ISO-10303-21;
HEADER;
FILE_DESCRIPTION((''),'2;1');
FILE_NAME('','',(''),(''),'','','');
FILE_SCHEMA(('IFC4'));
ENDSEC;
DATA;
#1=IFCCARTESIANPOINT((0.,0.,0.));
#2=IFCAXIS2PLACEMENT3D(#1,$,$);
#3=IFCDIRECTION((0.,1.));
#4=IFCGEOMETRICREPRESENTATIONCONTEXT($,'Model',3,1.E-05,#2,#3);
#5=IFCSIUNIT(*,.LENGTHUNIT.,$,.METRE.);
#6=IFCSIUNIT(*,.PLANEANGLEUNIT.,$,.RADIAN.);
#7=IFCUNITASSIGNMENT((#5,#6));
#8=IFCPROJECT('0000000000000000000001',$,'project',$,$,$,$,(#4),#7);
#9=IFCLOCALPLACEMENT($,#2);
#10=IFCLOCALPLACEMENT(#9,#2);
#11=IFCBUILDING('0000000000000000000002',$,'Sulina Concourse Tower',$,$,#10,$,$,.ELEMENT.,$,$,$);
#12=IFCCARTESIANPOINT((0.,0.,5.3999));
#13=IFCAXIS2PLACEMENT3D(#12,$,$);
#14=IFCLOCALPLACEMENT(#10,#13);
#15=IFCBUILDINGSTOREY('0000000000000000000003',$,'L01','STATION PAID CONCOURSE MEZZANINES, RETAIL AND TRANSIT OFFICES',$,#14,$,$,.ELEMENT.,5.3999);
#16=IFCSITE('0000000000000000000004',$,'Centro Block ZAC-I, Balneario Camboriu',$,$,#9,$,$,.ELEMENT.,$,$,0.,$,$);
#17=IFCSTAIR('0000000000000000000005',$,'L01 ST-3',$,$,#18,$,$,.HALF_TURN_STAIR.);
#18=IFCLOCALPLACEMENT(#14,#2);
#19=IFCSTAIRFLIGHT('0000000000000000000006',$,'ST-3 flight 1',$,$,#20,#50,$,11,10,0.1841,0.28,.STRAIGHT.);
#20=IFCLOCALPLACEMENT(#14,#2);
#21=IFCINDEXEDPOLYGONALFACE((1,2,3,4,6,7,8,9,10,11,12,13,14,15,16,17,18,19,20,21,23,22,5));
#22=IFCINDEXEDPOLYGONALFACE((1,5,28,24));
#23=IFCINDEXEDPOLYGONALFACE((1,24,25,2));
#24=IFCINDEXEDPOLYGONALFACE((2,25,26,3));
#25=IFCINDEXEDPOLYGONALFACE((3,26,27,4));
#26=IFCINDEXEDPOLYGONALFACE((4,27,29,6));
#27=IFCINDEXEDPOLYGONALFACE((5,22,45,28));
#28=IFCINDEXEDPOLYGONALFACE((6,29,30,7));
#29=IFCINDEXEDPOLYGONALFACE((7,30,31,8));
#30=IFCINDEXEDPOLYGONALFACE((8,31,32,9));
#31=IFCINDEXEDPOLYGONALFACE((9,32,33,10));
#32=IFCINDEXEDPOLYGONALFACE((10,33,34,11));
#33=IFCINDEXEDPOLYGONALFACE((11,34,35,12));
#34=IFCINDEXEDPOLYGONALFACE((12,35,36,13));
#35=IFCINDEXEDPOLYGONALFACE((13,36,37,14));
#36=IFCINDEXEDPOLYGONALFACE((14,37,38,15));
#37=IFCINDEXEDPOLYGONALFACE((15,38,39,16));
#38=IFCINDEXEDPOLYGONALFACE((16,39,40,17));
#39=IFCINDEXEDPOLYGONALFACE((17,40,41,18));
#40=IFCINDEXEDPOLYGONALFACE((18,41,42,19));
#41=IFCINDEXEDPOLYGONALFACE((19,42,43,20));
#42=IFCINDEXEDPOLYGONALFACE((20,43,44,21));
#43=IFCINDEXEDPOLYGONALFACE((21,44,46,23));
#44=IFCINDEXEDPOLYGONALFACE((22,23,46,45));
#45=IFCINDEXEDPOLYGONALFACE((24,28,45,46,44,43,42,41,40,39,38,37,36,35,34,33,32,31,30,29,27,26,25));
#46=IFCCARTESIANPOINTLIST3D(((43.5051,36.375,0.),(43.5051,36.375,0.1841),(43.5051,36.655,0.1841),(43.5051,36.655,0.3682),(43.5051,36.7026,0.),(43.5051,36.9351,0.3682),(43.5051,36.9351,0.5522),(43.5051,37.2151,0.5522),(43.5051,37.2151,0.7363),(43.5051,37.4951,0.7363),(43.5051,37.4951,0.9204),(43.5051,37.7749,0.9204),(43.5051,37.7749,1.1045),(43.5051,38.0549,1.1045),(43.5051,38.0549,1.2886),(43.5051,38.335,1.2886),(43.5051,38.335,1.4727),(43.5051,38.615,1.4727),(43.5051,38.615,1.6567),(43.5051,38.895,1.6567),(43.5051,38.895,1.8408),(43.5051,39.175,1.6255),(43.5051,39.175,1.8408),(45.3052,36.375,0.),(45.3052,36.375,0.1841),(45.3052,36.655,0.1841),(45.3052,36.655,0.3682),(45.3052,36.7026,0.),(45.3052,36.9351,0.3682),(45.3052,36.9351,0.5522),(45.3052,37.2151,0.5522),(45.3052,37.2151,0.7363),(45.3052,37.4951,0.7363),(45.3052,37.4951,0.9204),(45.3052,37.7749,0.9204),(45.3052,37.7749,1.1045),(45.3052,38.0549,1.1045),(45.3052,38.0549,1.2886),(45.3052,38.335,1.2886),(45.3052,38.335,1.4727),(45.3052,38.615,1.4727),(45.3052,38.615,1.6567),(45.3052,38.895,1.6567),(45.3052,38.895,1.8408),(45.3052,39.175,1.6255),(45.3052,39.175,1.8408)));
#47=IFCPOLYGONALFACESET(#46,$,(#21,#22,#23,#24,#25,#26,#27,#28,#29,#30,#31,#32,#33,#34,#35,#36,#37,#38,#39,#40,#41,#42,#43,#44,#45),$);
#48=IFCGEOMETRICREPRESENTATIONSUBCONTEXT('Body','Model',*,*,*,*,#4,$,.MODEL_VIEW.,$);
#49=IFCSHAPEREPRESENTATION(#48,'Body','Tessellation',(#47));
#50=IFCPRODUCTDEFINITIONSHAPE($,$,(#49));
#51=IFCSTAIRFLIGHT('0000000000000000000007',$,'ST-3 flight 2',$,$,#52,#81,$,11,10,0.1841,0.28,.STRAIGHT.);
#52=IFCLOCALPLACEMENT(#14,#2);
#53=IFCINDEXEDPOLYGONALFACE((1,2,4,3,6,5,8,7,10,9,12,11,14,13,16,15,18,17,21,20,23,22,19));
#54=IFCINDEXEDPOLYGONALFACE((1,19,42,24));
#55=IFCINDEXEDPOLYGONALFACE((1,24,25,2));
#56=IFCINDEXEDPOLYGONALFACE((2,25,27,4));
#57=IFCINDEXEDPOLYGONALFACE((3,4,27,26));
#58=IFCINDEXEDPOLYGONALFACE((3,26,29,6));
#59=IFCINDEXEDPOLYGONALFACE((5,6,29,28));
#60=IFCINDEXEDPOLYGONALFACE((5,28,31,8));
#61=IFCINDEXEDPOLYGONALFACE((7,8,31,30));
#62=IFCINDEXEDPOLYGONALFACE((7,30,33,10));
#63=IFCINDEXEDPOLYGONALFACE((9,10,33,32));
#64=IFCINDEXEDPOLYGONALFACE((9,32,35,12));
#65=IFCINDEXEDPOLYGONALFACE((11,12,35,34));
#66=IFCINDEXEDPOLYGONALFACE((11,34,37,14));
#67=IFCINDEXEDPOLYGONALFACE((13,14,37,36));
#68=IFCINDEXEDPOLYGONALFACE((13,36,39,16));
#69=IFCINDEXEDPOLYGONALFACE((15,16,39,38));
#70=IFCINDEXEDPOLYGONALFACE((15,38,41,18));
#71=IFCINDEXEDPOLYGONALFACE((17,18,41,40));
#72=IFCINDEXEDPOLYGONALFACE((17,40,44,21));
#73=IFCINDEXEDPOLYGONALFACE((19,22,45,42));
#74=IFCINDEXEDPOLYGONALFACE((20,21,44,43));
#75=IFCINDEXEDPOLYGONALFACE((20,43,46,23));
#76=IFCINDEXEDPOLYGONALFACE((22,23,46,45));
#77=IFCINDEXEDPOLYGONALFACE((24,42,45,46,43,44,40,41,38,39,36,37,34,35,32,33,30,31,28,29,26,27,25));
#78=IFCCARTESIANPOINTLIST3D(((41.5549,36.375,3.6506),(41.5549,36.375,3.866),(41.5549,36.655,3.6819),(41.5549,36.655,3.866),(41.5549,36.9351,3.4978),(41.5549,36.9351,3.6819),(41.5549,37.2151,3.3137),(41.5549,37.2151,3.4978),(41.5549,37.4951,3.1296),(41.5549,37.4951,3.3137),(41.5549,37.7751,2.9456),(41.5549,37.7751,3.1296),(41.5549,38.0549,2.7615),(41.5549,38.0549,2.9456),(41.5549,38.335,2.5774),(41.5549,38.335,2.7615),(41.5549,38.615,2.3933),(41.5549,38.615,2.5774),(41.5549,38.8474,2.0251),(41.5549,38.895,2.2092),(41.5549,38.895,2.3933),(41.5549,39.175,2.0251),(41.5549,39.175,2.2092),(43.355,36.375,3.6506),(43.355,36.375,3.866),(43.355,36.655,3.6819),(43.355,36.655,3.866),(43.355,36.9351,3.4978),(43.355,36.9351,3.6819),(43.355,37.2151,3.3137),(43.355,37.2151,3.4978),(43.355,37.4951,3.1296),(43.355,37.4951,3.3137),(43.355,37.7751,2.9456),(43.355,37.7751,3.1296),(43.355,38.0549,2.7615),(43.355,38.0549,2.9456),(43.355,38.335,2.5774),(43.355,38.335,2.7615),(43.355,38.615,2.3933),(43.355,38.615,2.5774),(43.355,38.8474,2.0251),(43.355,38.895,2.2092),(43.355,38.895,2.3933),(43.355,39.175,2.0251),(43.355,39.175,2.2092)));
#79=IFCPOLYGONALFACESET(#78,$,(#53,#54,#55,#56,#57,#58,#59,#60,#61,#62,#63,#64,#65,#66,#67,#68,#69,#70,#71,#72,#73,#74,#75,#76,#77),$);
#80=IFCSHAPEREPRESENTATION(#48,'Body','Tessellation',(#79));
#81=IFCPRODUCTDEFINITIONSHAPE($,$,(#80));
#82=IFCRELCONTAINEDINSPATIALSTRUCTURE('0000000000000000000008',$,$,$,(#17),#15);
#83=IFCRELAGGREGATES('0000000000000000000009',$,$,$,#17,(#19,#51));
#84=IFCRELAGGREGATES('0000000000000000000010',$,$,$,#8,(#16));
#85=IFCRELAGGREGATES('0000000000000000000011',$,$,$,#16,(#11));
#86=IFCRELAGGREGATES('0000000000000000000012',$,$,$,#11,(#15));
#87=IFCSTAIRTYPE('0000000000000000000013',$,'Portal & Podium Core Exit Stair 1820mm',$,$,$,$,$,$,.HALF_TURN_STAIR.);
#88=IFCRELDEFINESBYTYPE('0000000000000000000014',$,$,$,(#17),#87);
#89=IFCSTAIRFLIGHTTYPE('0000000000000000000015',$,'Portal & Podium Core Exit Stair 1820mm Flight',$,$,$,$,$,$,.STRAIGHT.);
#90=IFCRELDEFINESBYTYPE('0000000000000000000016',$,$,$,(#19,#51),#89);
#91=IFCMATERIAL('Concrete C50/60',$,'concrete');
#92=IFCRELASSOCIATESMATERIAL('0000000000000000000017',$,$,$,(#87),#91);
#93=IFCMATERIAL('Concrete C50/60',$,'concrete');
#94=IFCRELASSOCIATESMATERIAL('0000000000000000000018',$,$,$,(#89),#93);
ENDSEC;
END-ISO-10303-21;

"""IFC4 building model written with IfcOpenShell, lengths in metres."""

from ifc_helpers import new_model, si_unit, direction, frame, origin, place, context, subcontext, project, spatial, polyline, outline, extrude, material, type_object, element, aggregate, save


model = new_model("IFC4")

# Units and contexts
model_context = context("Model", 3, precision=1e-05, world=origin(), true_north=direction((0.0, 1.0)))
body_context = subcontext(model_context, "Body", "Model", "MODEL_VIEW")
ifc_project = project(units=[si_unit("LENGTHUNIT", "METRE"), si_unit("PLANEANGLEUNIT", "RADIAN")], contexts=[model_context])

# Site, building, storey
site_placement = place(None, origin())
site = spatial("IfcSite", under=ifc_project, at=site_placement, Name="Centro Block ZAC-I, Balneario Camboriu", CompositionType="ELEMENT", RefElevation=0.0)
building_placement = place(site_placement, origin())
building = spatial("IfcBuilding", under=site, at=building_placement, Name="Sulina Concourse Tower", CompositionType="ELEMENT")
storey_placement = place(building_placement, frame((0.0, 0.0, 5.3999)))
storey = spatial("IfcBuildingStorey", under=building, at=storey_placement, Name="L01", Description="STATION PAID CONCOURSE MEZZANINES, RETAIL AND TRANSIT OFFICES", CompositionType="ELEMENT", Elevation=5.3999)

# Stair, stair flights
ifc_material_1 = material(Name="Concrete C50/60", Category="concrete")
stair_type = type_object("IfcStairType", Name="Portal & Podium Core Exit Stair 1820mm", PredefinedType="HALF_TURN_STAIR", material=ifc_material_1)
stair_placement = place(storey_placement, origin())
stair = element("IfcStair", 1, at=stair_placement, inside=storey, type_object=stair_type, Name="L01 ST-3", PredefinedType="HALF_TURN_STAIR")
ifc_material_2 = material(Name="Concrete C50/60", Category="concrete")
stair_flight_type = type_object("IfcStairFlightType", Name="Portal & Podium Core Exit Stair 1820mm Flight", PredefinedType="STRAIGHT", material=ifc_material_2)
stair_flight_1_placement = place(storey_placement, frame((44.405, 36.375, 0.0), z_axis=(0.0, 0.0, 1.0), x_axis=(0.0, 1.0, 0.0)))
stair_flight_1 = element("IfcStairFlight", 2, at=stair_flight_1_placement, type_object=stair_flight_type, Name="ST-3 flight 1", NumberOfRisers=11, NumberOfTreads=10, PredefinedType="STRAIGHT", RiserHeight=0.1841, TreadLength=0.28, context=body_context, shape_type="SweptSolid", body=[
    extrude(outline(polyline([(0.0, 0.0), (0.0, 0.1841), (0.28, 0.1841), (0.28, 0.3682), (0.5601, 0.3682), (0.5601, 0.5522), (0.8401, 0.5522), (0.8401, 0.7363), (1.1201, 0.7363), (1.1201, 0.9204), (1.3999, 0.9204), (1.3999, 1.1045), (1.6799, 1.1045), (1.6799, 1.2886), (1.96, 1.2886), (1.96, 1.4727), (2.24, 1.4727), (2.24, 1.6567), (2.52, 1.6567), (2.52, 1.8408), (2.8, 1.8408), (2.8, 2.0249), (2.8, 1.6255), (0.3276, 0.0), (0.0, 0.0)])), frame((0.0, 0.8999, 0.0), z_axis=(0.0, -1.0, 0.0), x_axis=(1.0, 0.0, 0.0)), (0.0, 0.0, 1.0), 1.8),
])
stair_flight_2_placement = place(storey_placement, frame((42.4551, 39.175, 2.0251), z_axis=(0.0, 0.0, 1.0), x_axis=(0.0, -1.0, 0.0)))
stair_flight_2 = element("IfcStairFlight", 3, at=stair_flight_2_placement, type_object=stair_flight_type, Name="ST-3 flight 2", NumberOfRisers=11, NumberOfTreads=10, PredefinedType="STRAIGHT", RiserHeight=0.1841, TreadLength=0.28, context=body_context, shape_type="SweptSolid", body=[
    extrude(outline(polyline([(0.0, 0.0), (0.0, 0.1841), (0.28, 0.1841), (0.28, 0.3682), (0.5601, 0.3682), (0.5601, 0.5522), (0.8401, 0.5522), (0.8401, 0.7363), (1.1201, 0.7363), (1.1201, 0.9204), (1.3999, 0.9204), (1.3999, 1.1045), (1.6799, 1.1045), (1.6799, 1.2886), (1.96, 1.2886), (1.96, 1.4727), (2.24, 1.4727), (2.24, 1.6567), (2.52, 1.6567), (2.52, 1.8408), (2.8, 1.8408), (2.8, 2.0249), (2.8, 1.6255), (0.3276, 0.0), (0.0, 0.0)])), frame((0.0, 0.8999, 0.0), z_axis=(0.0, -1.0, 0.0), x_axis=(1.0, 0.0, 0.0)), (0.0, 0.0, 1.0), 1.8),
])
aggregate(stair, [stair_flight_1, stair_flight_2])

save(model, "model.ifc")
